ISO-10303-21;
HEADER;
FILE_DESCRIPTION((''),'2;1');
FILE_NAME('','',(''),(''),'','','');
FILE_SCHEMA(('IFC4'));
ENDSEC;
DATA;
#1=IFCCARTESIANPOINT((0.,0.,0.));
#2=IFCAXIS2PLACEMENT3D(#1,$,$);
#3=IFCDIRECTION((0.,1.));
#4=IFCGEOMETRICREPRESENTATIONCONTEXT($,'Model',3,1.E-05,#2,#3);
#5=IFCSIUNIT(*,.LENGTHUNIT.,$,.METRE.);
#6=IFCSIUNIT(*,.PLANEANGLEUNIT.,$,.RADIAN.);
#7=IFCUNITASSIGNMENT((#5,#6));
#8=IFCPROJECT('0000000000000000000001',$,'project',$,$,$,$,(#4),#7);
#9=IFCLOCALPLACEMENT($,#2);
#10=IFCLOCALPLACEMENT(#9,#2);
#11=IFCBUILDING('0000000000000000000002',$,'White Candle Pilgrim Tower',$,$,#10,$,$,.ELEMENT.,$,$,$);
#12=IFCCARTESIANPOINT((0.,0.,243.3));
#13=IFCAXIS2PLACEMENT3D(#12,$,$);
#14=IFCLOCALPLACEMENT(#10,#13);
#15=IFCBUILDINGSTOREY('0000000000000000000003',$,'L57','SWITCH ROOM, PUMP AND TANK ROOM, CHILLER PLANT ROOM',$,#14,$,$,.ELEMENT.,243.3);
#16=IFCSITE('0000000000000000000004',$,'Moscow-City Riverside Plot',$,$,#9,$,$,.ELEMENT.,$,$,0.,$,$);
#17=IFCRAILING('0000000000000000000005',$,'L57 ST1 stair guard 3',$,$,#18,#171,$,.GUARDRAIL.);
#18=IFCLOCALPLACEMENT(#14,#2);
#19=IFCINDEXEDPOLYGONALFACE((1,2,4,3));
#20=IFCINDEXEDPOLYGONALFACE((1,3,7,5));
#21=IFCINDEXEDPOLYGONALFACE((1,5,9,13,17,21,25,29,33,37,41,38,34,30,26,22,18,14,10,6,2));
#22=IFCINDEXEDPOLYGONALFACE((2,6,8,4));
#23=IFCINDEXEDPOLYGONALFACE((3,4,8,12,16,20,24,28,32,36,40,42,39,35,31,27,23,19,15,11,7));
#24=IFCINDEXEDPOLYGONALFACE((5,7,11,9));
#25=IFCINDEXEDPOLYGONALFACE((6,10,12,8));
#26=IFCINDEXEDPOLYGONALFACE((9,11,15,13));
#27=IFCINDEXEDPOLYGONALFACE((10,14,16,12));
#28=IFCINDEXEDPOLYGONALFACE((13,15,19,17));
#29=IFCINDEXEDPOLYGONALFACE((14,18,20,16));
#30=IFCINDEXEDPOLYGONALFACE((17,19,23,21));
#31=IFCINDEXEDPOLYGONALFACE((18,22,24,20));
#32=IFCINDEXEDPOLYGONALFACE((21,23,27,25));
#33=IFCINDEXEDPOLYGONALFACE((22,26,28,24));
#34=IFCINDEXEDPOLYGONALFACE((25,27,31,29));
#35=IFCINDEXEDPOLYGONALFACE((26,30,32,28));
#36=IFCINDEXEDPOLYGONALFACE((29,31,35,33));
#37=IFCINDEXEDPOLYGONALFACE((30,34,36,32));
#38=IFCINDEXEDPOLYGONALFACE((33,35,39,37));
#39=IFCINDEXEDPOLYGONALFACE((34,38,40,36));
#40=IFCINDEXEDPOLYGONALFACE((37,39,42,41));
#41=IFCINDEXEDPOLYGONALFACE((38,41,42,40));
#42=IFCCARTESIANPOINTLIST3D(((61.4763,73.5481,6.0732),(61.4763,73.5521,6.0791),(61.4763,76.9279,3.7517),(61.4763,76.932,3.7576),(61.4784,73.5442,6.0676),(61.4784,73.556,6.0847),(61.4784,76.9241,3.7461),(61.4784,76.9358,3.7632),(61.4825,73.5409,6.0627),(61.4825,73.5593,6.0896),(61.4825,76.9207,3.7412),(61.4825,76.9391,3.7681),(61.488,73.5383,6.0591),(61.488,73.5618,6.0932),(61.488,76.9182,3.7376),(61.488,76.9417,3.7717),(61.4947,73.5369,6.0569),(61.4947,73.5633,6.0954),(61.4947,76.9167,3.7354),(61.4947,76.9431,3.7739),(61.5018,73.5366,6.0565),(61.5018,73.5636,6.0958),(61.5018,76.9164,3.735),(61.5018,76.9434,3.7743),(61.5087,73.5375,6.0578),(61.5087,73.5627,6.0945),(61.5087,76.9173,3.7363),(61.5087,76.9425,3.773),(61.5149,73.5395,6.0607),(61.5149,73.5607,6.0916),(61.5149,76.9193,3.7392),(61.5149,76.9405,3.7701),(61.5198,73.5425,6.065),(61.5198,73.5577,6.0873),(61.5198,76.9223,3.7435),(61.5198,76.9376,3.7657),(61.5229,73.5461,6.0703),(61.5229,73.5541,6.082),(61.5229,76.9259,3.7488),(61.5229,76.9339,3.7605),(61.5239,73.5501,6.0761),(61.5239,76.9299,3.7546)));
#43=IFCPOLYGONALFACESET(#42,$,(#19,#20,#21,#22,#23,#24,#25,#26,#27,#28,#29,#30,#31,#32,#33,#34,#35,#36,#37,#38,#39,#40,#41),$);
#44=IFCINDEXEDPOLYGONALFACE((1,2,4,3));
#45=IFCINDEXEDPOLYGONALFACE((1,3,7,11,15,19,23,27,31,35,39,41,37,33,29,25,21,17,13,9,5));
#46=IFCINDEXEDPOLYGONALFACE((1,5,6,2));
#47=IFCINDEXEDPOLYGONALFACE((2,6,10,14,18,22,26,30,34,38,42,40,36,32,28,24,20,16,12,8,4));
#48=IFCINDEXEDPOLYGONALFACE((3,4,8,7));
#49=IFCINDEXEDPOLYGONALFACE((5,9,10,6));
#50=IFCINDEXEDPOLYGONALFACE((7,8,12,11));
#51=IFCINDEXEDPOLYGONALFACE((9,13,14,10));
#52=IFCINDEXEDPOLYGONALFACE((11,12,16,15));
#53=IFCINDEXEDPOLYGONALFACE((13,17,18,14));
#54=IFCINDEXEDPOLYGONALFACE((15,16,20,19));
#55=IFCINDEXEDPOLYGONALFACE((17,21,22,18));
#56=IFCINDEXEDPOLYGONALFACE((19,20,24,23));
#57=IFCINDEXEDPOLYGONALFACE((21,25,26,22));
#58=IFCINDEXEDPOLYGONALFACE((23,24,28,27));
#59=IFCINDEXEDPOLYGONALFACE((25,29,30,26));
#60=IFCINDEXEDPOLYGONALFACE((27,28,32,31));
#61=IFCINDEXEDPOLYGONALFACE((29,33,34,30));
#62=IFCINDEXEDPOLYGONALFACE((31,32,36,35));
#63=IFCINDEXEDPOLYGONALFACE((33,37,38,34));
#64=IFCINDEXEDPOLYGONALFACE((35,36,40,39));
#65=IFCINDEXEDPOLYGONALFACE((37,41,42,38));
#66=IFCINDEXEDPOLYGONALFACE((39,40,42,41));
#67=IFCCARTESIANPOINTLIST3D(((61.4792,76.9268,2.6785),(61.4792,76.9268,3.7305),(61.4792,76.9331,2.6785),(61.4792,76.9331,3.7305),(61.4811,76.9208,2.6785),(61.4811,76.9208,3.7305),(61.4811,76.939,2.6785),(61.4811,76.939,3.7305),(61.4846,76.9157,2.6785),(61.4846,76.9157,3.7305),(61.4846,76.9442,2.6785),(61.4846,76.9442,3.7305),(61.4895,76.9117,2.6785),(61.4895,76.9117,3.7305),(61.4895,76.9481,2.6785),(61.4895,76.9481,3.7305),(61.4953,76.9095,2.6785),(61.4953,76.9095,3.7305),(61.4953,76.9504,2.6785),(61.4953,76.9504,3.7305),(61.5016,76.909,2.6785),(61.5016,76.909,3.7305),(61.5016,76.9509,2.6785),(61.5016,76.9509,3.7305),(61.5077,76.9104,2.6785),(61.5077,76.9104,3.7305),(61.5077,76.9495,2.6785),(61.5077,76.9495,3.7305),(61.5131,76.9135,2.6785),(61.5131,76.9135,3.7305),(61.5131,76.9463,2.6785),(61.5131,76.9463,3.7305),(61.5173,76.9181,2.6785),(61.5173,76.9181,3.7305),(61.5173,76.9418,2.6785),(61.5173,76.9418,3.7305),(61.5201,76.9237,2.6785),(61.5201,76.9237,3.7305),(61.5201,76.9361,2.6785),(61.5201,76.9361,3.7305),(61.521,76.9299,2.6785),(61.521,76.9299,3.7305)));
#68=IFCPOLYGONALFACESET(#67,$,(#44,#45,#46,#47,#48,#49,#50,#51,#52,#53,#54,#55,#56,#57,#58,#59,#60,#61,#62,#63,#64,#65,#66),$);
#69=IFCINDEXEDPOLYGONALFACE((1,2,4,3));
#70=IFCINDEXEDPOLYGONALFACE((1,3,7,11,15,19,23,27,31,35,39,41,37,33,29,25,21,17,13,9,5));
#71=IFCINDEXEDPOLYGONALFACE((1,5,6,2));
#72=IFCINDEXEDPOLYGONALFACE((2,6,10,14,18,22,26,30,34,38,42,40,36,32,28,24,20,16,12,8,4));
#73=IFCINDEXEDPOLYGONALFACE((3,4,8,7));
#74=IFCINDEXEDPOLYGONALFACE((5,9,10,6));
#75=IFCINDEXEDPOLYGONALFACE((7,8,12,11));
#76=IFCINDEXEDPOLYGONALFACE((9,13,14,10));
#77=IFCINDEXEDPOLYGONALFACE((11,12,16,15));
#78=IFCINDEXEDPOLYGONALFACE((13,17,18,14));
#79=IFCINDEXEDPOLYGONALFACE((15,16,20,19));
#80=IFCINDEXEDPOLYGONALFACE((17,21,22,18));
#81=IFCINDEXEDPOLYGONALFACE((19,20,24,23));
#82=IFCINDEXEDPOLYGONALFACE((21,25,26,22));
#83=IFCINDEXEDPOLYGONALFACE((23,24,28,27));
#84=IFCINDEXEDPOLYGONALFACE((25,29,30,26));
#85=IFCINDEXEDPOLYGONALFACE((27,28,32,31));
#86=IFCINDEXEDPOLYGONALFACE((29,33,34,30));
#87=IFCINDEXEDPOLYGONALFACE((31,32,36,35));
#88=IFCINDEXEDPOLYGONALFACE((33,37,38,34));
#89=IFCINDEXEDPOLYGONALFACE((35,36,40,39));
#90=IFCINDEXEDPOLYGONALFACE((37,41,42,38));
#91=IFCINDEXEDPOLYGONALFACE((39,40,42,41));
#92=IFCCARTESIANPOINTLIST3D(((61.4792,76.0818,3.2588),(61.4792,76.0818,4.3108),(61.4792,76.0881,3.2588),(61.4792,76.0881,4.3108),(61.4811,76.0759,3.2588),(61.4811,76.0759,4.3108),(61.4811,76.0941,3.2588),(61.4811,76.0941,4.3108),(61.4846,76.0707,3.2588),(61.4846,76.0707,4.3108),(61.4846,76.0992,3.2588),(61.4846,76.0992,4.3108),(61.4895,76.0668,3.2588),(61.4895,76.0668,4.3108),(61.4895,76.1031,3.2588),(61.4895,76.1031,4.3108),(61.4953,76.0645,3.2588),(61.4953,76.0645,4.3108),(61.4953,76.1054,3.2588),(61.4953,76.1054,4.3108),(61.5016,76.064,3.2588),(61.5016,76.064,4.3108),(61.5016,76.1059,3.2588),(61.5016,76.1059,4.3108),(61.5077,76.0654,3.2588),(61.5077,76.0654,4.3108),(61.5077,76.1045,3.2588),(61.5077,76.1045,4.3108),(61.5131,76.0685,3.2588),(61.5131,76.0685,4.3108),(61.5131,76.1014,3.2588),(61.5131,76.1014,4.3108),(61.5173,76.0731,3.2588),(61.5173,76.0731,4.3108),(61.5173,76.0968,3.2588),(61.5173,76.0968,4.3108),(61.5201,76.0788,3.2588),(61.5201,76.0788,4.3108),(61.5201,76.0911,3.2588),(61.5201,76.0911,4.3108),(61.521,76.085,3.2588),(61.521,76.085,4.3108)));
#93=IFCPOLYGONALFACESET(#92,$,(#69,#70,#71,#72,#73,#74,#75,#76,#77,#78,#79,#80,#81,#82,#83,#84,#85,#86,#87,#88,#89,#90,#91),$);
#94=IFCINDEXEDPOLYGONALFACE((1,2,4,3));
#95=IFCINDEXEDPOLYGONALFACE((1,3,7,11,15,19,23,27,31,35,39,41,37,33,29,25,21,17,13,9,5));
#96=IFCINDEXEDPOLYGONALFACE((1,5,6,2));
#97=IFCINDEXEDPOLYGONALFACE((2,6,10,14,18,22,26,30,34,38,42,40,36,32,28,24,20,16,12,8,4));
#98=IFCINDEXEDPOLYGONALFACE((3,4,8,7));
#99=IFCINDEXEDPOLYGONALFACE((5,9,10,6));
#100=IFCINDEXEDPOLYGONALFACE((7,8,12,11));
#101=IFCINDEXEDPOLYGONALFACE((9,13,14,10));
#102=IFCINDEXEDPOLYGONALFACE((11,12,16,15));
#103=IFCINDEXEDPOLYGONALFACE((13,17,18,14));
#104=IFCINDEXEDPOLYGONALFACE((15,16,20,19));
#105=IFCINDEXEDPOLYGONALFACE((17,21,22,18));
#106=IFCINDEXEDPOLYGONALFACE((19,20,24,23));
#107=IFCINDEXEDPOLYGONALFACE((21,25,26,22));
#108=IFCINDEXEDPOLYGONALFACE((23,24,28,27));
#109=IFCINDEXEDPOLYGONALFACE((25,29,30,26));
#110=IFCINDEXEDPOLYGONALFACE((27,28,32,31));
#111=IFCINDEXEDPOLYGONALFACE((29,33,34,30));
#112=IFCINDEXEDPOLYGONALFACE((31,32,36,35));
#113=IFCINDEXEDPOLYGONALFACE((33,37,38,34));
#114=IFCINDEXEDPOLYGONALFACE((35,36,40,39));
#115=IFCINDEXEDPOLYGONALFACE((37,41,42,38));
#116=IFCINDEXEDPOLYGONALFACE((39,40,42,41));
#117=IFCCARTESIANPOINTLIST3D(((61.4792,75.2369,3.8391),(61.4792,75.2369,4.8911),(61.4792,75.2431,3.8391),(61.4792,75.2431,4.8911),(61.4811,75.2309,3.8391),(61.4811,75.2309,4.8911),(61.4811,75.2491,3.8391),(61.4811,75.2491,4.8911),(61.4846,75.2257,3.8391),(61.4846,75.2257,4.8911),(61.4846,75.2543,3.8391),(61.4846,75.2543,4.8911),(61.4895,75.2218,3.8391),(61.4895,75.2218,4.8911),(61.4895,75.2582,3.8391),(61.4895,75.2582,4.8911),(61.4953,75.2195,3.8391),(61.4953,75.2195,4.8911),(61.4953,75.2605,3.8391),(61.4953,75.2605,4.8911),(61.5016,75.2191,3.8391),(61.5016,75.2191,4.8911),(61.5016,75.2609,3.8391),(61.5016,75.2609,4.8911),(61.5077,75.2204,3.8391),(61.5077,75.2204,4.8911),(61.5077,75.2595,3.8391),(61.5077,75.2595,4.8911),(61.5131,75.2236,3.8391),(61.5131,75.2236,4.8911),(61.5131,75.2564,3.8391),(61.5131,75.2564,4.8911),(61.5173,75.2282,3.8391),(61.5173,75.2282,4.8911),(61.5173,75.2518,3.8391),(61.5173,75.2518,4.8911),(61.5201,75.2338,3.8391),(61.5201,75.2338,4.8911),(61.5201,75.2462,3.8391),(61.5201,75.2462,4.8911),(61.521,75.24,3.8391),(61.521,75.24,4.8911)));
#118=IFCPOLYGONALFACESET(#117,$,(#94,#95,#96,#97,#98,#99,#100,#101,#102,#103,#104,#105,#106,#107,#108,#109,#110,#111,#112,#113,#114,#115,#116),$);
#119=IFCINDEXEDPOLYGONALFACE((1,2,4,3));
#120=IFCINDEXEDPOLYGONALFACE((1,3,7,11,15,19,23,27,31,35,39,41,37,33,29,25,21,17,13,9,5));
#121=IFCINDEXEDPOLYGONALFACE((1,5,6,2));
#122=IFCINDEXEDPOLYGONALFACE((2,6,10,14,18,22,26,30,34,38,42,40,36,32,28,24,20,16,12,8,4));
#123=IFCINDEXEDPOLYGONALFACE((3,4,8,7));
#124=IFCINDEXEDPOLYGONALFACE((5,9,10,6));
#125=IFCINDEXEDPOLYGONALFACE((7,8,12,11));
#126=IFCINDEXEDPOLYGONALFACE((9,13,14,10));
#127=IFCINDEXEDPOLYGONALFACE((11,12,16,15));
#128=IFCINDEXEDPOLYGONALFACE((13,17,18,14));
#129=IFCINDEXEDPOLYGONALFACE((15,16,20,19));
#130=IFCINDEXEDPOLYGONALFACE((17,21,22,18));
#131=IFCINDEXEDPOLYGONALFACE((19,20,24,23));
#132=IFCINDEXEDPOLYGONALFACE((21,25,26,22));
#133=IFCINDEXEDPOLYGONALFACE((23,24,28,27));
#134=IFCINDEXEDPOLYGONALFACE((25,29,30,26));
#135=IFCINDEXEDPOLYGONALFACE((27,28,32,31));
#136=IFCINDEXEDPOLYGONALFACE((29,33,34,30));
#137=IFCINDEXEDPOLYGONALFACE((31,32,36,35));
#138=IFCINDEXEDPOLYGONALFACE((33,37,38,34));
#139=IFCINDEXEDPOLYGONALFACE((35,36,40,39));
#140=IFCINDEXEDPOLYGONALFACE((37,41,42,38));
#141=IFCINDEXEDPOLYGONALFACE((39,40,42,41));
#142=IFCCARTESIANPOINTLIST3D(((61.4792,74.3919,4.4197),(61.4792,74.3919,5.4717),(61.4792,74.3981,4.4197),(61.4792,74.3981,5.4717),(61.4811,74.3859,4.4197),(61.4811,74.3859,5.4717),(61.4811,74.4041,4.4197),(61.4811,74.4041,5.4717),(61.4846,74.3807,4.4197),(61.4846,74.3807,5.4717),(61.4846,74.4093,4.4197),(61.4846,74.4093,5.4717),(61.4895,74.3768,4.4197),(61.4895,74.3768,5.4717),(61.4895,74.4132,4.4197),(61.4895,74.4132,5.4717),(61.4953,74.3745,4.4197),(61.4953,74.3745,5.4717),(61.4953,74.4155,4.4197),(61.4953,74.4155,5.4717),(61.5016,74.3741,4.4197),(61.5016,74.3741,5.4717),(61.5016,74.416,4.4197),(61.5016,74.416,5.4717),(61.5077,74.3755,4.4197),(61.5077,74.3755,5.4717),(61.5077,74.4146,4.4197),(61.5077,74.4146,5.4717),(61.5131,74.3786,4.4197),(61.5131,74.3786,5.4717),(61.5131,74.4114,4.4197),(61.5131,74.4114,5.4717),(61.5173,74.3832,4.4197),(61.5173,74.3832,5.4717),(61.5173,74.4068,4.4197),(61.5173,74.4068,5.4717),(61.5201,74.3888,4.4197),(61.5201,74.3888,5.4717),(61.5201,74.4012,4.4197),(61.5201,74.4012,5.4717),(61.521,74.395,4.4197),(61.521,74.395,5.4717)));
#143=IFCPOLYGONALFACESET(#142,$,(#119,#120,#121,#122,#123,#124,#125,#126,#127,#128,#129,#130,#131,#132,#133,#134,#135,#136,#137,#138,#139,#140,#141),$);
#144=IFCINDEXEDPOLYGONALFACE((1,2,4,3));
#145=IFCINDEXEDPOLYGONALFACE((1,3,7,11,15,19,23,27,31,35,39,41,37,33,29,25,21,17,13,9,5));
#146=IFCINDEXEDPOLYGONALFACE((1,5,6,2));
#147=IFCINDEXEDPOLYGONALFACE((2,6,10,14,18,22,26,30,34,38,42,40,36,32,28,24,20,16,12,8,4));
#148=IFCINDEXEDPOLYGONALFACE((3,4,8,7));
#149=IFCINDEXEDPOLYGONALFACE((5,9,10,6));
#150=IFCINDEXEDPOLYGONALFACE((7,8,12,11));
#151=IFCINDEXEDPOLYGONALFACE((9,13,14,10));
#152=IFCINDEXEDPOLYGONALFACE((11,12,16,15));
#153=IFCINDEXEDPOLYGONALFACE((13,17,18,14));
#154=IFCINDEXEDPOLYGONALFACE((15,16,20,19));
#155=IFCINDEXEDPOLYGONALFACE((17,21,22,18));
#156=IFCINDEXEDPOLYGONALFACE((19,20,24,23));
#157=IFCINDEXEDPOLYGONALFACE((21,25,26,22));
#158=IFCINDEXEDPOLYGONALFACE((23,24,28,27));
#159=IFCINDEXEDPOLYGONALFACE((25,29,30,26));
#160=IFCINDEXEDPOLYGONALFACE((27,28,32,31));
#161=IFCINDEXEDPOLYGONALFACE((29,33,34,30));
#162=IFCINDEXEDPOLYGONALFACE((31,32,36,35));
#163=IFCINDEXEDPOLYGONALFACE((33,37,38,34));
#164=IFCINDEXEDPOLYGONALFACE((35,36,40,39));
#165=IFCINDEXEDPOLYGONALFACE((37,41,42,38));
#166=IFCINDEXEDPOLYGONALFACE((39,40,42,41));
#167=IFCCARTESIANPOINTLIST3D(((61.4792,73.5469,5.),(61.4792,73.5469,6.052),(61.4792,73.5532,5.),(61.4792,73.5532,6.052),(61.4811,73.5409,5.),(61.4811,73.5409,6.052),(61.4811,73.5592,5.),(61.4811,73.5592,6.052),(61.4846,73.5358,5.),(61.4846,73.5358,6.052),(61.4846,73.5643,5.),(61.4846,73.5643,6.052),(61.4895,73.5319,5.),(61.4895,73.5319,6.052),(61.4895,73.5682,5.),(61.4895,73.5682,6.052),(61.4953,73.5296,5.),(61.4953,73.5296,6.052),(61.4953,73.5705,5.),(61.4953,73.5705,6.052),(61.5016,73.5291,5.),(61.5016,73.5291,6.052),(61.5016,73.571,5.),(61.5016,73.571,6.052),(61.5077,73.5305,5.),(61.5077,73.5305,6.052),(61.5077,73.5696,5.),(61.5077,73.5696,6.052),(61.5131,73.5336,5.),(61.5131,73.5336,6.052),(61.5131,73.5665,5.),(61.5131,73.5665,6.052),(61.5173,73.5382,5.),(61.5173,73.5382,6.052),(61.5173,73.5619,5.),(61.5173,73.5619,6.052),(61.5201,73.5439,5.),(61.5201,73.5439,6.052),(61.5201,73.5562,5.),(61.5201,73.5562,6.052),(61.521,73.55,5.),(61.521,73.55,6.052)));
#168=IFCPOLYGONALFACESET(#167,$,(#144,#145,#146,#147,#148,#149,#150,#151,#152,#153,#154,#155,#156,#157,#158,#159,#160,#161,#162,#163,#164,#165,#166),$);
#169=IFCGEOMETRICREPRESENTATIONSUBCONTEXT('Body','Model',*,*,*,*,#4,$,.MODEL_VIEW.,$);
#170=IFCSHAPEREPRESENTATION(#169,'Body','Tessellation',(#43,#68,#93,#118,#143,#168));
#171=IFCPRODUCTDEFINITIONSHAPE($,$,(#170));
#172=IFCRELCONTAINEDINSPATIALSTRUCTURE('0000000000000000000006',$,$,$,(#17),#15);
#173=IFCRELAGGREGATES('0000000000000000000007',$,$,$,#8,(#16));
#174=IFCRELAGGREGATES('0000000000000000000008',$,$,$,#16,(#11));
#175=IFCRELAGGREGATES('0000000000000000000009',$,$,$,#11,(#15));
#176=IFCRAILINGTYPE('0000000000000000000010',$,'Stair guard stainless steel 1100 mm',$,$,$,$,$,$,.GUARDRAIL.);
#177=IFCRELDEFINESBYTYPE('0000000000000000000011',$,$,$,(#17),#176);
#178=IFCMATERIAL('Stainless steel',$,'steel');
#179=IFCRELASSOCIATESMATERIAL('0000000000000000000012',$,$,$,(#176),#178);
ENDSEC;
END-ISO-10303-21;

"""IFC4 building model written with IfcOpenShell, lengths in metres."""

from ifc_helpers import new_model, si_unit, direction, frame, origin, origin_2d, place, context, subcontext, project, spatial, circle, extrude, material, type_object, element, save


model = new_model("IFC4")

# Units and contexts
model_context = context("Model", 3, precision=1e-05, world=origin(), true_north=direction((0.0, 1.0)))
body_context = subcontext(model_context, "Body", "Model", "MODEL_VIEW")
ifc_project = project(units=[si_unit("LENGTHUNIT", "METRE"), si_unit("PLANEANGLEUNIT", "RADIAN")], contexts=[model_context])

# Site, building, storey
site_placement = place(None, origin())
site = spatial("IfcSite", under=ifc_project, at=site_placement, Name="Moscow-City Riverside Plot", CompositionType="ELEMENT", RefElevation=0.0)
building_placement = place(site_placement, origin())
building = spatial("IfcBuilding", under=site, at=building_placement, Name="White Candle Pilgrim Tower", CompositionType="ELEMENT")
storey_placement = place(building_placement, frame((0.0, 0.0, 243.3)))
storey = spatial("IfcBuildingStorey", under=building, at=storey_placement, Name="L57", Description="SWITCH ROOM, PUMP AND TANK ROOM, CHILLER PLANT ROOM", CompositionType="ELEMENT", Elevation=243.3)

# Shared definitions
ifc_material_1 = material(Name="Stainless steel", Category="steel")

# Railing
railing_type_1 = type_object("IfcRailingType", Name="Stair guard stainless steel 1100 mm", PredefinedType="GUARDRAIL", material=ifc_material_1)
railing_1_placement = place(storey_placement, frame((61.5, 76.9299, 2.6785)))
element("IfcRailing", 1, at=railing_1_placement, inside=storey, type_object=railing_type_1, Name="L57 ST1 stair guard 3", PredefinedType="GUARDRAIL", context=body_context, shape_type="SweptSolid", body=[
    extrude(circle(Radius=0.0239, at=origin_2d()), frame((0.0, 0.0, 1.0762), z_axis=(0.0, -0.824285, 0.566175), x_axis=(1.0, 0.0, 0.0)), (0.0, 0.0, 1.0), 4.1003),
    extrude(circle(Radius=0.021, at=origin_2d()), origin(), (0.0, 0.0, 1.0), 1.052),
    extrude(circle(Radius=0.021, at=origin_2d()), frame((0.0, -0.845, 0.5803)), (0.0, 0.0, 1.0), 1.052),
    extrude(circle(Radius=0.021, at=origin_2d()), frame((0.0, -1.6899, 1.1606)), (0.0, 0.0, 1.0), 1.052),
    extrude(circle(Radius=0.021, at=origin_2d()), frame((0.0, -2.5349, 1.7412)), (0.0, 0.0, 1.0), 1.052),
    extrude(circle(Radius=0.021, at=origin_2d()), frame((0.0, -3.3799, 2.3215)), (0.0, 0.0, 1.0), 1.052),
])

save(model, "model.ifc")
